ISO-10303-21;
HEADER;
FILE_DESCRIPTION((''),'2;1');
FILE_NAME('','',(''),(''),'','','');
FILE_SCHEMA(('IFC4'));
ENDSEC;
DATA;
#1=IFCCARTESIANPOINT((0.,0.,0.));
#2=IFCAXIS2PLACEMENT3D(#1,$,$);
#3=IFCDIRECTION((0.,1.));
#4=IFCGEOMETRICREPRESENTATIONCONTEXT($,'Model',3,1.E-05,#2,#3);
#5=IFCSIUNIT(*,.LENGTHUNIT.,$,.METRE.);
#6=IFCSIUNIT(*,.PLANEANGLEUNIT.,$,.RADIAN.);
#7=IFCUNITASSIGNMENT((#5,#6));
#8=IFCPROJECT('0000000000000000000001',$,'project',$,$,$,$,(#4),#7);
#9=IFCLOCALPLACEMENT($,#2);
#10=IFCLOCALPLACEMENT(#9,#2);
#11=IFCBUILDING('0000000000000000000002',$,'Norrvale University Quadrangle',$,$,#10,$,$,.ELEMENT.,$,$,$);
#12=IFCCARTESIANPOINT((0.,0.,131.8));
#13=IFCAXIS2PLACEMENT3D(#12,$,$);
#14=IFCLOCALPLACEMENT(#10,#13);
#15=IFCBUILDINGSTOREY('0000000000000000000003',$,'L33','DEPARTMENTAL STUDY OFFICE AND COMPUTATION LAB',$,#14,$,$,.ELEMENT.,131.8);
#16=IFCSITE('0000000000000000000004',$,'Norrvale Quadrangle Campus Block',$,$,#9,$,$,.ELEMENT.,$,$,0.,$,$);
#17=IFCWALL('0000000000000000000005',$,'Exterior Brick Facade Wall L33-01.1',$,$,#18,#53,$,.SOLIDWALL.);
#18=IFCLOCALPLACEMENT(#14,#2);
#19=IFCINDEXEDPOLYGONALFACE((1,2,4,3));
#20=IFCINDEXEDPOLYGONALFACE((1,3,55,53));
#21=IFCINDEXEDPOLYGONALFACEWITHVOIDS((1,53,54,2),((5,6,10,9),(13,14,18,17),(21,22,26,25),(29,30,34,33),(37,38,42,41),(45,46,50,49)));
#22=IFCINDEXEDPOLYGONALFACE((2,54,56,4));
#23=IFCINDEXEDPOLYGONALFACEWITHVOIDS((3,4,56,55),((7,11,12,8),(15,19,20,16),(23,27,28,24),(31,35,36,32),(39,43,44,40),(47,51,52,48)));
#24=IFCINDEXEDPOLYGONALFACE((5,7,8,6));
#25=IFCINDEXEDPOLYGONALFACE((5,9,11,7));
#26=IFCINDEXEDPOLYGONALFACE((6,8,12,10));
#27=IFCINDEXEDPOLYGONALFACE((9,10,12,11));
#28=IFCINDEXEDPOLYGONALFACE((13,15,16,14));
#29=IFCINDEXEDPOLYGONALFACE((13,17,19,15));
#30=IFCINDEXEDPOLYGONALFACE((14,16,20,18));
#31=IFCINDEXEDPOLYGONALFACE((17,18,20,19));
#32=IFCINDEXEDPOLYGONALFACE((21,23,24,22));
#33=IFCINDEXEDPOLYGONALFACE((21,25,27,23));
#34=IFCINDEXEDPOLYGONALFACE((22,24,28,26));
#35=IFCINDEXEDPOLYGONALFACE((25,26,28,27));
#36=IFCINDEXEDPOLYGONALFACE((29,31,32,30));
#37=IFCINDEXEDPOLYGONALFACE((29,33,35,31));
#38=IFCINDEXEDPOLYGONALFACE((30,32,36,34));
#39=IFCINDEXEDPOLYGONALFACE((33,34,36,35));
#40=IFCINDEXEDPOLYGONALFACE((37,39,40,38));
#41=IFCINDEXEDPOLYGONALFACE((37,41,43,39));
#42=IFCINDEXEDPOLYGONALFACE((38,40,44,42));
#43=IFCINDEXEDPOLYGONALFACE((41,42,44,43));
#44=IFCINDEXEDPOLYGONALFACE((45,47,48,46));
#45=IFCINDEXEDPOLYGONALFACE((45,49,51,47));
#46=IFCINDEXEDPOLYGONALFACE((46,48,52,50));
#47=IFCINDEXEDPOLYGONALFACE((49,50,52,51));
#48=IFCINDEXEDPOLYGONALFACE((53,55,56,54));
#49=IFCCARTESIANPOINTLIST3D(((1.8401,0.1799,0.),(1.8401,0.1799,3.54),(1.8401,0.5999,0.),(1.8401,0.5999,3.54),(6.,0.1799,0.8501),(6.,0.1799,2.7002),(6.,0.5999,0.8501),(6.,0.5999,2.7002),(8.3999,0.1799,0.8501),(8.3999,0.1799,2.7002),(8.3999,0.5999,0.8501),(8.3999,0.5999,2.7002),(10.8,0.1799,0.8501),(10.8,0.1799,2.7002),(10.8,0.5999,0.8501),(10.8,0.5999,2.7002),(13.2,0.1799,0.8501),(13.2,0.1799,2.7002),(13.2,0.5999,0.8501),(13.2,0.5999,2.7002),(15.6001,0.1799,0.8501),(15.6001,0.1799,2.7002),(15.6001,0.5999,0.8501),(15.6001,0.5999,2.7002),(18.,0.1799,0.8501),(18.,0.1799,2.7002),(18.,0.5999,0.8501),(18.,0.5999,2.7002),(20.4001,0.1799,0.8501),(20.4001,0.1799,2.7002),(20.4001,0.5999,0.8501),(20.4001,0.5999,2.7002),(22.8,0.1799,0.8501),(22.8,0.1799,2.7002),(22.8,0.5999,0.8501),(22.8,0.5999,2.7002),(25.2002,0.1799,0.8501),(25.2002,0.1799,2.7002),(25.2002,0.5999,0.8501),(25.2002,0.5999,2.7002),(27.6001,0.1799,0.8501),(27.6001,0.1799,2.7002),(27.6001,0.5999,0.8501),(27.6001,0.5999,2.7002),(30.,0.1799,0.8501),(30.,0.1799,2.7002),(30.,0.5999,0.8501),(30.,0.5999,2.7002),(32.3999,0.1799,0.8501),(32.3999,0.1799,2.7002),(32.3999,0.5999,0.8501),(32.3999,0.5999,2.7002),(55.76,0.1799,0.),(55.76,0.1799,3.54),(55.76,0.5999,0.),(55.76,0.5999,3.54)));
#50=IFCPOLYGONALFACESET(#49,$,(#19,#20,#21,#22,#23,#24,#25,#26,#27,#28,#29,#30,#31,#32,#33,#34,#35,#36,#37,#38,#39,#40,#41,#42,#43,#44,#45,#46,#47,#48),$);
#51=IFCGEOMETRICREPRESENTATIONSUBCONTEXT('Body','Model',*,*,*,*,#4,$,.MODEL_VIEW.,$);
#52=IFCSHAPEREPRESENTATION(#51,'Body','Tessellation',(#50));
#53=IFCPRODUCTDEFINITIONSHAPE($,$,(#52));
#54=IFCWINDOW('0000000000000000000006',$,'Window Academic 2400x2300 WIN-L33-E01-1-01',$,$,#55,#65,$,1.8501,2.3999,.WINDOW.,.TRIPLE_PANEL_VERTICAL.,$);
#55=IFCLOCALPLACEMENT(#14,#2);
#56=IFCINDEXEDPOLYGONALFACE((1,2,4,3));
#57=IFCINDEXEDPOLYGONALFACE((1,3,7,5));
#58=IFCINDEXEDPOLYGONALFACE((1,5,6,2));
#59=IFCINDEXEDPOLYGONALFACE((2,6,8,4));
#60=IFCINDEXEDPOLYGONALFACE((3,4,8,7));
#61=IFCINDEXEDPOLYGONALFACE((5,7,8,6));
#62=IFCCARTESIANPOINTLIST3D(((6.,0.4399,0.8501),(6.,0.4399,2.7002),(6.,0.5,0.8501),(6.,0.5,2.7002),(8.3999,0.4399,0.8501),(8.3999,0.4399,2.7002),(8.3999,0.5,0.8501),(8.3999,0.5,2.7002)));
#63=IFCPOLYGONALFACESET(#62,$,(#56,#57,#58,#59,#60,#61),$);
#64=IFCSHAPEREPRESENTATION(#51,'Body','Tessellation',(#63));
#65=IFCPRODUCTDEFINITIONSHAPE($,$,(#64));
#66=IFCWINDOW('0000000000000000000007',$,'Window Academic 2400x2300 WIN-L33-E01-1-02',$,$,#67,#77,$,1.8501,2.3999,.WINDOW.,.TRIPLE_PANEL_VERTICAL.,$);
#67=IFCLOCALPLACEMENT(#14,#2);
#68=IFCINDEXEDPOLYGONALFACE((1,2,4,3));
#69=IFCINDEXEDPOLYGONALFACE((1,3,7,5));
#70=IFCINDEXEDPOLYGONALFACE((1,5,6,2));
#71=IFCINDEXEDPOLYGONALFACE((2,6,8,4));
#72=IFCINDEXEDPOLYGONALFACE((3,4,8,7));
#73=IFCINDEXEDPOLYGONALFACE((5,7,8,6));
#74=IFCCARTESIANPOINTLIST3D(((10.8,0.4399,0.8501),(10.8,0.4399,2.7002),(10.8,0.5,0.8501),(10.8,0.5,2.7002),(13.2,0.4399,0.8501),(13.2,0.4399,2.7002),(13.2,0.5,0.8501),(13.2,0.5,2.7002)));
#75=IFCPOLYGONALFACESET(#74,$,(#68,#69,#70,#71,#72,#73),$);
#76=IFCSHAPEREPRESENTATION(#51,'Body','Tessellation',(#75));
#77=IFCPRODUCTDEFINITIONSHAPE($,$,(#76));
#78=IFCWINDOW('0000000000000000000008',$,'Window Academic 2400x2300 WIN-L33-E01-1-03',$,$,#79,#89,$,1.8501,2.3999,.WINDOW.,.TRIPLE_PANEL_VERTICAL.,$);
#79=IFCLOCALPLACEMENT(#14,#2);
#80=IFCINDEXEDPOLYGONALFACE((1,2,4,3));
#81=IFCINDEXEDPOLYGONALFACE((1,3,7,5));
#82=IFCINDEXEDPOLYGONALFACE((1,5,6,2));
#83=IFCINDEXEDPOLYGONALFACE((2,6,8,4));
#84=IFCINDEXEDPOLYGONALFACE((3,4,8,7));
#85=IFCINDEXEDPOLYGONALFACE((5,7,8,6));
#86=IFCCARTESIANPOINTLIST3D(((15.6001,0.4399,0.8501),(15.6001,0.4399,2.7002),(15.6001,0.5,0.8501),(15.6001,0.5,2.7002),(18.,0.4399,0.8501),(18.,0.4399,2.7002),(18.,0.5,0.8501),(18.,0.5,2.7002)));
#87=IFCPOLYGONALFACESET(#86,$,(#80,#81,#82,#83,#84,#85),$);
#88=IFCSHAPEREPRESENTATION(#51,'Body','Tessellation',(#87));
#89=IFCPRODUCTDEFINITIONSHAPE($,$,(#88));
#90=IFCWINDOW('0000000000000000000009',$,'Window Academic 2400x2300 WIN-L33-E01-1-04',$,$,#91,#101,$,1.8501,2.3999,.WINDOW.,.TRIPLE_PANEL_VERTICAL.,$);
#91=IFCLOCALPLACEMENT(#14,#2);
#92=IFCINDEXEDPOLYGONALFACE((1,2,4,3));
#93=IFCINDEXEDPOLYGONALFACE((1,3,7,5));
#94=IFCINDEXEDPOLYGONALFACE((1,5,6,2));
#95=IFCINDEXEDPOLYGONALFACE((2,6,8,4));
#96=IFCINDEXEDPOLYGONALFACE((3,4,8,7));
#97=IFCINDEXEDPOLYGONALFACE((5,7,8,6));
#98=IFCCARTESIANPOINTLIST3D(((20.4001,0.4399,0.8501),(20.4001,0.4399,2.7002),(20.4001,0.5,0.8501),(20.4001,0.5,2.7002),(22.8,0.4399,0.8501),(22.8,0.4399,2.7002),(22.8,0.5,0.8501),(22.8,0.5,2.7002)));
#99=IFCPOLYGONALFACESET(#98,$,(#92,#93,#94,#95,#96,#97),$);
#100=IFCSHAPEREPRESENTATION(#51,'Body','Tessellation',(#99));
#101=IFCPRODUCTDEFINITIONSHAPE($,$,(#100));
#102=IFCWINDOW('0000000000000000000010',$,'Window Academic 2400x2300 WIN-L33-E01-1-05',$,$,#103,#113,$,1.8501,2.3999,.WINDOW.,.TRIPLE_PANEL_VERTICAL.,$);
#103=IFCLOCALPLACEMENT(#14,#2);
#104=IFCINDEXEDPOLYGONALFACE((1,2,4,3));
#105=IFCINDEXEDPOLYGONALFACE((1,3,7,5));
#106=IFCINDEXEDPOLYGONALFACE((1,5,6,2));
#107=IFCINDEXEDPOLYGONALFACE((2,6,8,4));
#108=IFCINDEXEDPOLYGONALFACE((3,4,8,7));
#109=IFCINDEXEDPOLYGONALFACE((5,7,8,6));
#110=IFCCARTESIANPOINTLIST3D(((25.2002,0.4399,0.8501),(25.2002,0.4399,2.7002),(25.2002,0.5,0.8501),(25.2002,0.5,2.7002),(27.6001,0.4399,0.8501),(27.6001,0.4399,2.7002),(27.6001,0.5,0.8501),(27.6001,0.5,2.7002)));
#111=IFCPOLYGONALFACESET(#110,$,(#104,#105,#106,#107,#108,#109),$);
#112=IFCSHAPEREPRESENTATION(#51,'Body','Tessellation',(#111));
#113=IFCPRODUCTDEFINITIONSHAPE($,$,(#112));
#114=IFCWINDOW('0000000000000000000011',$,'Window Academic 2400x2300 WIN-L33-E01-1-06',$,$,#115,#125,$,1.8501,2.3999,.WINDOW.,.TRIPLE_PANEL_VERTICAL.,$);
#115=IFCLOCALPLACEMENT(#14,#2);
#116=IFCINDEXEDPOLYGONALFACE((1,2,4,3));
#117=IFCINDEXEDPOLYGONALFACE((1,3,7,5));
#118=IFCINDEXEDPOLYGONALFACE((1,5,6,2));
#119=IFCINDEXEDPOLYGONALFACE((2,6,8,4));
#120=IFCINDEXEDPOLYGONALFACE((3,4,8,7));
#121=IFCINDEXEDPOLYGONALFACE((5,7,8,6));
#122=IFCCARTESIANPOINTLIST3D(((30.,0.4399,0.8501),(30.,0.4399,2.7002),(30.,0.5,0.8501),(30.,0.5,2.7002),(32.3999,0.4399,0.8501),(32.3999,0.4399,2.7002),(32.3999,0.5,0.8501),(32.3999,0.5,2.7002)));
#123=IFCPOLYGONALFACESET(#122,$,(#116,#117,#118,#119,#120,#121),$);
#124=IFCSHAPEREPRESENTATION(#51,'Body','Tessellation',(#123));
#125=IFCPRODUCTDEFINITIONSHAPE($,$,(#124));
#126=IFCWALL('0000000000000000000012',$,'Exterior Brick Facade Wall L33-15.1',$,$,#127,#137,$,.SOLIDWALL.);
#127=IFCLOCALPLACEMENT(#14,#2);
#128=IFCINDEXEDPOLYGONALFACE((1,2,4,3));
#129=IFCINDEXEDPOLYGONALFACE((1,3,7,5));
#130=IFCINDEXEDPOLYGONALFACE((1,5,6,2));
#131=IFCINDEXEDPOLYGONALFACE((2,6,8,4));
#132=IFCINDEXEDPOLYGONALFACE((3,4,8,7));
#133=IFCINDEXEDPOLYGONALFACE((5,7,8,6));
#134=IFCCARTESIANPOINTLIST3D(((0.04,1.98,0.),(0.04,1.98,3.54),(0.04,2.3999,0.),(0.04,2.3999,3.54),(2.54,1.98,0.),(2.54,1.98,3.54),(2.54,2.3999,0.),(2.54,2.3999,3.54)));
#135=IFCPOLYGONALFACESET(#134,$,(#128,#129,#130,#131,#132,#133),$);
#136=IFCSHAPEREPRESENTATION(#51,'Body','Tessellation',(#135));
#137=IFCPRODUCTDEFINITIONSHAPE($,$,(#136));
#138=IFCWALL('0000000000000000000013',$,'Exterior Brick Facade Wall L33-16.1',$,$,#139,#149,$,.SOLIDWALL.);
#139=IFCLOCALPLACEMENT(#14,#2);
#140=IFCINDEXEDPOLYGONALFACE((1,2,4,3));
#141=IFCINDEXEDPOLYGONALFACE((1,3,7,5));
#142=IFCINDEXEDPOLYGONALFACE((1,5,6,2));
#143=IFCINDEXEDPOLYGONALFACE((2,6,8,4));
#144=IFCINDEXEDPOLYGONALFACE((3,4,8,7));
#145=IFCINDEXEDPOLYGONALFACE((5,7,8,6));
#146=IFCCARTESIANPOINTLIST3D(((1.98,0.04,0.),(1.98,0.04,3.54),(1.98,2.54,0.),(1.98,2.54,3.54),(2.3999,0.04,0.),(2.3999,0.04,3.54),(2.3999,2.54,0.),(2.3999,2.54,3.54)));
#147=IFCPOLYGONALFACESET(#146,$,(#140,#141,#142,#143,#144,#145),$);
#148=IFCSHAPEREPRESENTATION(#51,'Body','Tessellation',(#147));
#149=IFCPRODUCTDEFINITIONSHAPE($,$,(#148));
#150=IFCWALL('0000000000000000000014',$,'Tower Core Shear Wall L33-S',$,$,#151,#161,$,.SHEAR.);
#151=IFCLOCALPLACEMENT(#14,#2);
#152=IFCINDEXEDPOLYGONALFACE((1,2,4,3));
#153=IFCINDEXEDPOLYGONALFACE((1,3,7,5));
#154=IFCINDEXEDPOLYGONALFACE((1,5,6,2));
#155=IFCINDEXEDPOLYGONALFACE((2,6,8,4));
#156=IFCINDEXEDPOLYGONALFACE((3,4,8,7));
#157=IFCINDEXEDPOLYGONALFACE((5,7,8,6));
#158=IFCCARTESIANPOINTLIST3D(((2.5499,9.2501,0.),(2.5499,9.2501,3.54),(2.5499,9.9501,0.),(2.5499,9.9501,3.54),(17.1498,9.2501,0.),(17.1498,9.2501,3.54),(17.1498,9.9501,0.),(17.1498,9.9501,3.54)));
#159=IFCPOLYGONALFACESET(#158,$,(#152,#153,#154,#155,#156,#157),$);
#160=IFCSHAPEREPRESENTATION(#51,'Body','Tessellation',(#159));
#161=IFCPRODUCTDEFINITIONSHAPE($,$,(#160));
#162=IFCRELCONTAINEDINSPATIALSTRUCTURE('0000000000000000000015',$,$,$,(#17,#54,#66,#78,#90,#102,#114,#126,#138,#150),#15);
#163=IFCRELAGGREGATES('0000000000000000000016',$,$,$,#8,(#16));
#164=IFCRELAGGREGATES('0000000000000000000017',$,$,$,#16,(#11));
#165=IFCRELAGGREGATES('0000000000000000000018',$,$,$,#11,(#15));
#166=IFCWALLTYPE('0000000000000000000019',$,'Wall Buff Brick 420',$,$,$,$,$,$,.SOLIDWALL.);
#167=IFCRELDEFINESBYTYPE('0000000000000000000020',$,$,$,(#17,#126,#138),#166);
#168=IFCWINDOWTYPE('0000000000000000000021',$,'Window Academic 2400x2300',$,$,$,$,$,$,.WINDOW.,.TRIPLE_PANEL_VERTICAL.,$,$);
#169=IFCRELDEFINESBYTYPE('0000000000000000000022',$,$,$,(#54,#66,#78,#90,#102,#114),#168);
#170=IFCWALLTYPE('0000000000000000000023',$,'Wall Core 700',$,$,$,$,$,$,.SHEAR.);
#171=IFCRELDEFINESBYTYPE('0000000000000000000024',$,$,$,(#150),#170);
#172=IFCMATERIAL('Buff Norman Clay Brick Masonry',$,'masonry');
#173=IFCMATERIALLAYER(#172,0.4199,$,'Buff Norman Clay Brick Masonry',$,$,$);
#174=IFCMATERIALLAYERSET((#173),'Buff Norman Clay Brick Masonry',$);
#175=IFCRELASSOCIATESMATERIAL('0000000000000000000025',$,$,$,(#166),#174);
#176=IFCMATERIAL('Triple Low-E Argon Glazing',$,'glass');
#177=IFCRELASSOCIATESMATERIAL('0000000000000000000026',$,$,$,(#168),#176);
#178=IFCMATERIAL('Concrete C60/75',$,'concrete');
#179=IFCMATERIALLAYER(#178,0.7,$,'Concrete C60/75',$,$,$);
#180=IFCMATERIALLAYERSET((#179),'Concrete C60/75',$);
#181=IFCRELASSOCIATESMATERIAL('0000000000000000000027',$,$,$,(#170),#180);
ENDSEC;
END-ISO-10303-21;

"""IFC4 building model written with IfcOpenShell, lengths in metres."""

from ifc_helpers import new_model, si_unit, direction, frame, frame_2d, origin, place, context, subcontext, project, spatial, rectangle, extrude, material, layer, layer_set, type_object, element, fill, save


model = new_model("IFC4")

# Units and contexts
model_context = context("Model", 3, precision=1e-05, world=origin(), true_north=direction((0.0, 1.0)))
body_context = subcontext(model_context, "Body", "Model", "MODEL_VIEW")
ifc_project = project(units=[si_unit("LENGTHUNIT", "METRE"), si_unit("PLANEANGLEUNIT", "RADIAN")], contexts=[model_context])

# Site, building, storey
site_placement = place(None, origin())
site = spatial("IfcSite", under=ifc_project, at=site_placement, Name="Norrvale Quadrangle Campus Block", CompositionType="ELEMENT", RefElevation=0.0)
building_placement = place(site_placement, origin())
building = spatial("IfcBuilding", under=site, at=building_placement, Name="Norrvale University Quadrangle", CompositionType="ELEMENT")
storey_placement = place(building_placement, frame((0.0, 0.0, 131.8)))
storey = spatial("IfcBuildingStorey", under=building, at=storey_placement, Name="L33", Description="DEPARTMENTAL STUDY OFFICE AND COMPUTATION LAB", CompositionType="ELEMENT", Elevation=131.8)

# Shared definitions
ifc_material_1 = material(Name="Concrete C60/75", Category="concrete")

# Wall, openings, windows
ifc_material_2 = material(Name="Buff Norman Clay Brick Masonry", Category="masonry")
ifc_layer_1 = layer(ifc_material_2, 0.4199, Name="Buff Norman Clay Brick Masonry")
ifc_layer_set_1 = layer_set([ifc_layer_1], Name="Buff Norman Clay Brick Masonry")
wall_type_1 = type_object("IfcWallType", Name="Wall Buff Brick 420", PredefinedType="SOLIDWALL", material=ifc_layer_set_1)
wall_1_placement = place(storey_placement, frame((1.8401, 0.3899, 0.0), z_axis=(0.0, 0.0, 1.0), x_axis=(1.0, 0.0, 0.0)))
wall_1 = element("IfcWall", 1, at=wall_1_placement, inside=storey, type_object=wall_type_1, Name="Exterior Brick Facade Wall L33-01.1", PredefinedType="SOLIDWALL", context=body_context, shape_type="SweptSolid", body=[
    extrude(rectangle(XDim=53.9199, YDim=0.4199, at=frame_2d((26.96, 0.0))), origin(), (0.0, 0.0, 1.0), 3.54),
])
opening_1_placement = place(wall_1_placement, frame((4.1599, 0.0, 0.8501)))
opening_1 = element("IfcOpeningElement", 2, at=opening_1_placement, cuts=wall_1, PredefinedType="OPENING", context=body_context, shape_type="SweptSolid", body=[
    extrude(rectangle(XDim=2.3999, YDim=1.8501, at=frame_2d((1.2, 0.925))), frame((0.0, 0.2219, 0.0), z_axis=(0.0, -1.0, 0.0), x_axis=(1.0, 0.0, 0.0)), (0.0, 0.0, 1.0), 0.4438),
])
opening_2_placement = place(wall_1_placement, frame((8.96, 0.0, 0.8501)))
opening_2 = element("IfcOpeningElement", 3, at=opening_2_placement, cuts=wall_1, PredefinedType="OPENING", context=body_context, shape_type="SweptSolid", body=[
    extrude(rectangle(XDim=2.3999, YDim=1.8501, at=frame_2d((1.2, 0.925))), frame((0.0, 0.2219, 0.0), z_axis=(0.0, -1.0, 0.0), x_axis=(1.0, 0.0, 0.0)), (0.0, 0.0, 1.0), 0.4438),
])
opening_3_placement = place(wall_1_placement, frame((13.76, 0.0, 0.8501)))
opening_3 = element("IfcOpeningElement", 4, at=opening_3_placement, cuts=wall_1, PredefinedType="OPENING", context=body_context, shape_type="SweptSolid", body=[
    extrude(rectangle(XDim=2.3999, YDim=1.8501, at=frame_2d((1.2, 0.925))), frame((0.0, 0.2219, 0.0), z_axis=(0.0, -1.0, 0.0), x_axis=(1.0, 0.0, 0.0)), (0.0, 0.0, 1.0), 0.4438),
])
opening_4_placement = place(wall_1_placement, frame((18.5601, 0.0, 0.8501)))
opening_4 = element("IfcOpeningElement", 5, at=opening_4_placement, cuts=wall_1, PredefinedType="OPENING", context=body_context, shape_type="SweptSolid", body=[
    extrude(rectangle(XDim=2.3999, YDim=1.8501, at=frame_2d((1.2, 0.925))), frame((0.0, 0.2219, 0.0), z_axis=(0.0, -1.0, 0.0), x_axis=(1.0, 0.0, 0.0)), (0.0, 0.0, 1.0), 0.4438),
])
opening_5_placement = place(wall_1_placement, frame((23.3601, 0.0, 0.8501)))
opening_5 = element("IfcOpeningElement", 6, at=opening_5_placement, cuts=wall_1, PredefinedType="OPENING", context=body_context, shape_type="SweptSolid", body=[
    extrude(rectangle(XDim=2.3999, YDim=1.8501, at=frame_2d((1.2, 0.925))), frame((0.0, 0.2219, 0.0), z_axis=(0.0, -1.0, 0.0), x_axis=(1.0, 0.0, 0.0)), (0.0, 0.0, 1.0), 0.4438),
])
opening_6_placement = place(wall_1_placement, frame((28.1599, 0.0, 0.8501)))
opening_6 = element("IfcOpeningElement", 7, at=opening_6_placement, cuts=wall_1, PredefinedType="OPENING", context=body_context, shape_type="SweptSolid", body=[
    extrude(rectangle(XDim=2.3999, YDim=1.8501, at=frame_2d((1.2, 0.925))), frame((0.0, 0.2219, 0.0), z_axis=(0.0, -1.0, 0.0), x_axis=(1.0, 0.0, 0.0)), (0.0, 0.0, 1.0), 0.4438),
])
ifc_material_3 = material(Name="Triple Low-E Argon Glazing", Category="glass")
window_type = type_object("IfcWindowType", Name="Window Academic 2400x2300", PartitioningType="TRIPLE_PANEL_VERTICAL", PredefinedType="WINDOW", material=ifc_material_3)
window_1_placement = place(opening_1_placement, origin())
window_1 = element("IfcWindow", 8, at=window_1_placement, inside=storey, type_object=window_type, Name="Window Academic 2400x2300 WIN-L33-E01-1-01", OverallHeight=1.8501, OverallWidth=2.3999, PartitioningType="TRIPLE_PANEL_VERTICAL", PredefinedType="WINDOW", context=body_context, shape_type="SweptSolid", body=[
    extrude(rectangle(XDim=2.3999, YDim=1.8501, at=frame_2d((1.2, 0.925))), frame((0.0, 0.1101, 0.0), z_axis=(0.0, -1.0, 0.0), x_axis=(1.0, 0.0, 0.0)), (0.0, 0.0, 1.0), 0.0601),
])
fill(opening_1, window_1)
window_2_placement = place(opening_2_placement, origin())
window_2 = element("IfcWindow", 9, at=window_2_placement, inside=storey, type_object=window_type, Name="Window Academic 2400x2300 WIN-L33-E01-1-02", OverallHeight=1.8501, OverallWidth=2.3999, PartitioningType="TRIPLE_PANEL_VERTICAL", PredefinedType="WINDOW", context=body_context, shape_type="SweptSolid", body=[
    extrude(rectangle(XDim=2.3999, YDim=1.8501, at=frame_2d((1.2, 0.925))), frame((0.0, 0.1101, 0.0), z_axis=(0.0, -1.0, 0.0), x_axis=(1.0, 0.0, 0.0)), (0.0, 0.0, 1.0), 0.0601),
])
fill(opening_2, window_2)
window_3_placement = place(opening_3_placement, origin())
window_3 = element("IfcWindow", 10, at=window_3_placement, inside=storey, type_object=window_type, Name="Window Academic 2400x2300 WIN-L33-E01-1-03", OverallHeight=1.8501, OverallWidth=2.3999, PartitioningType="TRIPLE_PANEL_VERTICAL", PredefinedType="WINDOW", context=body_context, shape_type="SweptSolid", body=[
    extrude(rectangle(XDim=2.3999, YDim=1.8501, at=frame_2d((1.2, 0.925))), frame((0.0, 0.1101, 0.0), z_axis=(0.0, -1.0, 0.0), x_axis=(1.0, 0.0, 0.0)), (0.0, 0.0, 1.0), 0.0601),
])
fill(opening_3, window_3)
window_4_placement = place(opening_4_placement, origin())
window_4 = element("IfcWindow", 11, at=window_4_placement, inside=storey, type_object=window_type, Name="Window Academic 2400x2300 WIN-L33-E01-1-04", OverallHeight=1.8501, OverallWidth=2.3999, PartitioningType="TRIPLE_PANEL_VERTICAL", PredefinedType="WINDOW", context=body_context, shape_type="SweptSolid", body=[
    extrude(rectangle(XDim=2.3999, YDim=1.8501, at=frame_2d((1.2, 0.925))), frame((0.0, 0.1101, 0.0), z_axis=(0.0, -1.0, 0.0), x_axis=(1.0, 0.0, 0.0)), (0.0, 0.0, 1.0), 0.0601),
])
fill(opening_4, window_4)
window_5_placement = place(opening_5_placement, origin())
window_5 = element("IfcWindow", 12, at=window_5_placement, inside=storey, type_object=window_type, Name="Window Academic 2400x2300 WIN-L33-E01-1-05", OverallHeight=1.8501, OverallWidth=2.3999, PartitioningType="TRIPLE_PANEL_VERTICAL", PredefinedType="WINDOW", context=body_context, shape_type="SweptSolid", body=[
    extrude(rectangle(XDim=2.3999, YDim=1.8501, at=frame_2d((1.2, 0.925))), frame((0.0, 0.1101, 0.0), z_axis=(0.0, -1.0, 0.0), x_axis=(1.0, 0.0, 0.0)), (0.0, 0.0, 1.0), 0.0601),
])
fill(opening_5, window_5)
window_6_placement = place(opening_6_placement, origin())
window_6 = element("IfcWindow", 13, at=window_6_placement, inside=storey, type_object=window_type, Name="Window Academic 2400x2300 WIN-L33-E01-1-06", OverallHeight=1.8501, OverallWidth=2.3999, PartitioningType="TRIPLE_PANEL_VERTICAL", PredefinedType="WINDOW", context=body_context, shape_type="SweptSolid", body=[
    extrude(rectangle(XDim=2.3999, YDim=1.8501, at=frame_2d((1.2, 0.925))), frame((0.0, 0.1101, 0.0), z_axis=(0.0, -1.0, 0.0), x_axis=(1.0, 0.0, 0.0)), (0.0, 0.0, 1.0), 0.0601),
])
fill(opening_6, window_6)

# Walls
for number, where, z_axis, x_axis, name in (
    (14, (0.04, 2.1899, 0.0), (0.0, 0.0, 1.0), (1.0, 0.0, 0.0), "Exterior Brick Facade Wall L33-15.1"),
    (15, (2.1899, 2.54, 0.0), (0.0, 0.0, 1.0), (0.0, -1.0, 0.0), "Exterior Brick Facade Wall L33-16.1"),
):
    element("IfcWall", number, at=place(storey_placement, frame(where, z_axis=z_axis, x_axis=x_axis)), inside=storey, type_object=wall_type_1, Name=name, PredefinedType="SOLIDWALL", context=body_context, shape_type="SweptSolid", body=[
        extrude(rectangle(XDim=2.5, YDim=0.4199, at=frame_2d((1.25, 0.0))), origin(), (0.0, 0.0, 1.0), 3.54),
    ])
ifc_layer_2 = layer(ifc_material_1, 0.7, Name="Concrete C60/75")
ifc_layer_set_2 = layer_set([ifc_layer_2], Name="Concrete C60/75")
wall_type_2 = type_object("IfcWallType", Name="Wall Core 700", PredefinedType="SHEAR", material=ifc_layer_set_2)
wall_2_placement = place(storey_placement, frame((2.55, 9.6001, 0.0), z_axis=(0.0, 0.0, 1.0), x_axis=(1.0, 0.0, 0.0)))
element("IfcWall", 16, at=wall_2_placement, inside=storey, type_object=wall_type_2, Name="Tower Core Shear Wall L33-S", PredefinedType="SHEAR", context=body_context, shape_type="SweptSolid", body=[
    extrude(rectangle(XDim=14.5999, YDim=0.7, at=frame_2d((7.2998, 0.0))), origin(), (0.0, 0.0, 1.0), 3.54),
])

save(model, "model.ifc")
